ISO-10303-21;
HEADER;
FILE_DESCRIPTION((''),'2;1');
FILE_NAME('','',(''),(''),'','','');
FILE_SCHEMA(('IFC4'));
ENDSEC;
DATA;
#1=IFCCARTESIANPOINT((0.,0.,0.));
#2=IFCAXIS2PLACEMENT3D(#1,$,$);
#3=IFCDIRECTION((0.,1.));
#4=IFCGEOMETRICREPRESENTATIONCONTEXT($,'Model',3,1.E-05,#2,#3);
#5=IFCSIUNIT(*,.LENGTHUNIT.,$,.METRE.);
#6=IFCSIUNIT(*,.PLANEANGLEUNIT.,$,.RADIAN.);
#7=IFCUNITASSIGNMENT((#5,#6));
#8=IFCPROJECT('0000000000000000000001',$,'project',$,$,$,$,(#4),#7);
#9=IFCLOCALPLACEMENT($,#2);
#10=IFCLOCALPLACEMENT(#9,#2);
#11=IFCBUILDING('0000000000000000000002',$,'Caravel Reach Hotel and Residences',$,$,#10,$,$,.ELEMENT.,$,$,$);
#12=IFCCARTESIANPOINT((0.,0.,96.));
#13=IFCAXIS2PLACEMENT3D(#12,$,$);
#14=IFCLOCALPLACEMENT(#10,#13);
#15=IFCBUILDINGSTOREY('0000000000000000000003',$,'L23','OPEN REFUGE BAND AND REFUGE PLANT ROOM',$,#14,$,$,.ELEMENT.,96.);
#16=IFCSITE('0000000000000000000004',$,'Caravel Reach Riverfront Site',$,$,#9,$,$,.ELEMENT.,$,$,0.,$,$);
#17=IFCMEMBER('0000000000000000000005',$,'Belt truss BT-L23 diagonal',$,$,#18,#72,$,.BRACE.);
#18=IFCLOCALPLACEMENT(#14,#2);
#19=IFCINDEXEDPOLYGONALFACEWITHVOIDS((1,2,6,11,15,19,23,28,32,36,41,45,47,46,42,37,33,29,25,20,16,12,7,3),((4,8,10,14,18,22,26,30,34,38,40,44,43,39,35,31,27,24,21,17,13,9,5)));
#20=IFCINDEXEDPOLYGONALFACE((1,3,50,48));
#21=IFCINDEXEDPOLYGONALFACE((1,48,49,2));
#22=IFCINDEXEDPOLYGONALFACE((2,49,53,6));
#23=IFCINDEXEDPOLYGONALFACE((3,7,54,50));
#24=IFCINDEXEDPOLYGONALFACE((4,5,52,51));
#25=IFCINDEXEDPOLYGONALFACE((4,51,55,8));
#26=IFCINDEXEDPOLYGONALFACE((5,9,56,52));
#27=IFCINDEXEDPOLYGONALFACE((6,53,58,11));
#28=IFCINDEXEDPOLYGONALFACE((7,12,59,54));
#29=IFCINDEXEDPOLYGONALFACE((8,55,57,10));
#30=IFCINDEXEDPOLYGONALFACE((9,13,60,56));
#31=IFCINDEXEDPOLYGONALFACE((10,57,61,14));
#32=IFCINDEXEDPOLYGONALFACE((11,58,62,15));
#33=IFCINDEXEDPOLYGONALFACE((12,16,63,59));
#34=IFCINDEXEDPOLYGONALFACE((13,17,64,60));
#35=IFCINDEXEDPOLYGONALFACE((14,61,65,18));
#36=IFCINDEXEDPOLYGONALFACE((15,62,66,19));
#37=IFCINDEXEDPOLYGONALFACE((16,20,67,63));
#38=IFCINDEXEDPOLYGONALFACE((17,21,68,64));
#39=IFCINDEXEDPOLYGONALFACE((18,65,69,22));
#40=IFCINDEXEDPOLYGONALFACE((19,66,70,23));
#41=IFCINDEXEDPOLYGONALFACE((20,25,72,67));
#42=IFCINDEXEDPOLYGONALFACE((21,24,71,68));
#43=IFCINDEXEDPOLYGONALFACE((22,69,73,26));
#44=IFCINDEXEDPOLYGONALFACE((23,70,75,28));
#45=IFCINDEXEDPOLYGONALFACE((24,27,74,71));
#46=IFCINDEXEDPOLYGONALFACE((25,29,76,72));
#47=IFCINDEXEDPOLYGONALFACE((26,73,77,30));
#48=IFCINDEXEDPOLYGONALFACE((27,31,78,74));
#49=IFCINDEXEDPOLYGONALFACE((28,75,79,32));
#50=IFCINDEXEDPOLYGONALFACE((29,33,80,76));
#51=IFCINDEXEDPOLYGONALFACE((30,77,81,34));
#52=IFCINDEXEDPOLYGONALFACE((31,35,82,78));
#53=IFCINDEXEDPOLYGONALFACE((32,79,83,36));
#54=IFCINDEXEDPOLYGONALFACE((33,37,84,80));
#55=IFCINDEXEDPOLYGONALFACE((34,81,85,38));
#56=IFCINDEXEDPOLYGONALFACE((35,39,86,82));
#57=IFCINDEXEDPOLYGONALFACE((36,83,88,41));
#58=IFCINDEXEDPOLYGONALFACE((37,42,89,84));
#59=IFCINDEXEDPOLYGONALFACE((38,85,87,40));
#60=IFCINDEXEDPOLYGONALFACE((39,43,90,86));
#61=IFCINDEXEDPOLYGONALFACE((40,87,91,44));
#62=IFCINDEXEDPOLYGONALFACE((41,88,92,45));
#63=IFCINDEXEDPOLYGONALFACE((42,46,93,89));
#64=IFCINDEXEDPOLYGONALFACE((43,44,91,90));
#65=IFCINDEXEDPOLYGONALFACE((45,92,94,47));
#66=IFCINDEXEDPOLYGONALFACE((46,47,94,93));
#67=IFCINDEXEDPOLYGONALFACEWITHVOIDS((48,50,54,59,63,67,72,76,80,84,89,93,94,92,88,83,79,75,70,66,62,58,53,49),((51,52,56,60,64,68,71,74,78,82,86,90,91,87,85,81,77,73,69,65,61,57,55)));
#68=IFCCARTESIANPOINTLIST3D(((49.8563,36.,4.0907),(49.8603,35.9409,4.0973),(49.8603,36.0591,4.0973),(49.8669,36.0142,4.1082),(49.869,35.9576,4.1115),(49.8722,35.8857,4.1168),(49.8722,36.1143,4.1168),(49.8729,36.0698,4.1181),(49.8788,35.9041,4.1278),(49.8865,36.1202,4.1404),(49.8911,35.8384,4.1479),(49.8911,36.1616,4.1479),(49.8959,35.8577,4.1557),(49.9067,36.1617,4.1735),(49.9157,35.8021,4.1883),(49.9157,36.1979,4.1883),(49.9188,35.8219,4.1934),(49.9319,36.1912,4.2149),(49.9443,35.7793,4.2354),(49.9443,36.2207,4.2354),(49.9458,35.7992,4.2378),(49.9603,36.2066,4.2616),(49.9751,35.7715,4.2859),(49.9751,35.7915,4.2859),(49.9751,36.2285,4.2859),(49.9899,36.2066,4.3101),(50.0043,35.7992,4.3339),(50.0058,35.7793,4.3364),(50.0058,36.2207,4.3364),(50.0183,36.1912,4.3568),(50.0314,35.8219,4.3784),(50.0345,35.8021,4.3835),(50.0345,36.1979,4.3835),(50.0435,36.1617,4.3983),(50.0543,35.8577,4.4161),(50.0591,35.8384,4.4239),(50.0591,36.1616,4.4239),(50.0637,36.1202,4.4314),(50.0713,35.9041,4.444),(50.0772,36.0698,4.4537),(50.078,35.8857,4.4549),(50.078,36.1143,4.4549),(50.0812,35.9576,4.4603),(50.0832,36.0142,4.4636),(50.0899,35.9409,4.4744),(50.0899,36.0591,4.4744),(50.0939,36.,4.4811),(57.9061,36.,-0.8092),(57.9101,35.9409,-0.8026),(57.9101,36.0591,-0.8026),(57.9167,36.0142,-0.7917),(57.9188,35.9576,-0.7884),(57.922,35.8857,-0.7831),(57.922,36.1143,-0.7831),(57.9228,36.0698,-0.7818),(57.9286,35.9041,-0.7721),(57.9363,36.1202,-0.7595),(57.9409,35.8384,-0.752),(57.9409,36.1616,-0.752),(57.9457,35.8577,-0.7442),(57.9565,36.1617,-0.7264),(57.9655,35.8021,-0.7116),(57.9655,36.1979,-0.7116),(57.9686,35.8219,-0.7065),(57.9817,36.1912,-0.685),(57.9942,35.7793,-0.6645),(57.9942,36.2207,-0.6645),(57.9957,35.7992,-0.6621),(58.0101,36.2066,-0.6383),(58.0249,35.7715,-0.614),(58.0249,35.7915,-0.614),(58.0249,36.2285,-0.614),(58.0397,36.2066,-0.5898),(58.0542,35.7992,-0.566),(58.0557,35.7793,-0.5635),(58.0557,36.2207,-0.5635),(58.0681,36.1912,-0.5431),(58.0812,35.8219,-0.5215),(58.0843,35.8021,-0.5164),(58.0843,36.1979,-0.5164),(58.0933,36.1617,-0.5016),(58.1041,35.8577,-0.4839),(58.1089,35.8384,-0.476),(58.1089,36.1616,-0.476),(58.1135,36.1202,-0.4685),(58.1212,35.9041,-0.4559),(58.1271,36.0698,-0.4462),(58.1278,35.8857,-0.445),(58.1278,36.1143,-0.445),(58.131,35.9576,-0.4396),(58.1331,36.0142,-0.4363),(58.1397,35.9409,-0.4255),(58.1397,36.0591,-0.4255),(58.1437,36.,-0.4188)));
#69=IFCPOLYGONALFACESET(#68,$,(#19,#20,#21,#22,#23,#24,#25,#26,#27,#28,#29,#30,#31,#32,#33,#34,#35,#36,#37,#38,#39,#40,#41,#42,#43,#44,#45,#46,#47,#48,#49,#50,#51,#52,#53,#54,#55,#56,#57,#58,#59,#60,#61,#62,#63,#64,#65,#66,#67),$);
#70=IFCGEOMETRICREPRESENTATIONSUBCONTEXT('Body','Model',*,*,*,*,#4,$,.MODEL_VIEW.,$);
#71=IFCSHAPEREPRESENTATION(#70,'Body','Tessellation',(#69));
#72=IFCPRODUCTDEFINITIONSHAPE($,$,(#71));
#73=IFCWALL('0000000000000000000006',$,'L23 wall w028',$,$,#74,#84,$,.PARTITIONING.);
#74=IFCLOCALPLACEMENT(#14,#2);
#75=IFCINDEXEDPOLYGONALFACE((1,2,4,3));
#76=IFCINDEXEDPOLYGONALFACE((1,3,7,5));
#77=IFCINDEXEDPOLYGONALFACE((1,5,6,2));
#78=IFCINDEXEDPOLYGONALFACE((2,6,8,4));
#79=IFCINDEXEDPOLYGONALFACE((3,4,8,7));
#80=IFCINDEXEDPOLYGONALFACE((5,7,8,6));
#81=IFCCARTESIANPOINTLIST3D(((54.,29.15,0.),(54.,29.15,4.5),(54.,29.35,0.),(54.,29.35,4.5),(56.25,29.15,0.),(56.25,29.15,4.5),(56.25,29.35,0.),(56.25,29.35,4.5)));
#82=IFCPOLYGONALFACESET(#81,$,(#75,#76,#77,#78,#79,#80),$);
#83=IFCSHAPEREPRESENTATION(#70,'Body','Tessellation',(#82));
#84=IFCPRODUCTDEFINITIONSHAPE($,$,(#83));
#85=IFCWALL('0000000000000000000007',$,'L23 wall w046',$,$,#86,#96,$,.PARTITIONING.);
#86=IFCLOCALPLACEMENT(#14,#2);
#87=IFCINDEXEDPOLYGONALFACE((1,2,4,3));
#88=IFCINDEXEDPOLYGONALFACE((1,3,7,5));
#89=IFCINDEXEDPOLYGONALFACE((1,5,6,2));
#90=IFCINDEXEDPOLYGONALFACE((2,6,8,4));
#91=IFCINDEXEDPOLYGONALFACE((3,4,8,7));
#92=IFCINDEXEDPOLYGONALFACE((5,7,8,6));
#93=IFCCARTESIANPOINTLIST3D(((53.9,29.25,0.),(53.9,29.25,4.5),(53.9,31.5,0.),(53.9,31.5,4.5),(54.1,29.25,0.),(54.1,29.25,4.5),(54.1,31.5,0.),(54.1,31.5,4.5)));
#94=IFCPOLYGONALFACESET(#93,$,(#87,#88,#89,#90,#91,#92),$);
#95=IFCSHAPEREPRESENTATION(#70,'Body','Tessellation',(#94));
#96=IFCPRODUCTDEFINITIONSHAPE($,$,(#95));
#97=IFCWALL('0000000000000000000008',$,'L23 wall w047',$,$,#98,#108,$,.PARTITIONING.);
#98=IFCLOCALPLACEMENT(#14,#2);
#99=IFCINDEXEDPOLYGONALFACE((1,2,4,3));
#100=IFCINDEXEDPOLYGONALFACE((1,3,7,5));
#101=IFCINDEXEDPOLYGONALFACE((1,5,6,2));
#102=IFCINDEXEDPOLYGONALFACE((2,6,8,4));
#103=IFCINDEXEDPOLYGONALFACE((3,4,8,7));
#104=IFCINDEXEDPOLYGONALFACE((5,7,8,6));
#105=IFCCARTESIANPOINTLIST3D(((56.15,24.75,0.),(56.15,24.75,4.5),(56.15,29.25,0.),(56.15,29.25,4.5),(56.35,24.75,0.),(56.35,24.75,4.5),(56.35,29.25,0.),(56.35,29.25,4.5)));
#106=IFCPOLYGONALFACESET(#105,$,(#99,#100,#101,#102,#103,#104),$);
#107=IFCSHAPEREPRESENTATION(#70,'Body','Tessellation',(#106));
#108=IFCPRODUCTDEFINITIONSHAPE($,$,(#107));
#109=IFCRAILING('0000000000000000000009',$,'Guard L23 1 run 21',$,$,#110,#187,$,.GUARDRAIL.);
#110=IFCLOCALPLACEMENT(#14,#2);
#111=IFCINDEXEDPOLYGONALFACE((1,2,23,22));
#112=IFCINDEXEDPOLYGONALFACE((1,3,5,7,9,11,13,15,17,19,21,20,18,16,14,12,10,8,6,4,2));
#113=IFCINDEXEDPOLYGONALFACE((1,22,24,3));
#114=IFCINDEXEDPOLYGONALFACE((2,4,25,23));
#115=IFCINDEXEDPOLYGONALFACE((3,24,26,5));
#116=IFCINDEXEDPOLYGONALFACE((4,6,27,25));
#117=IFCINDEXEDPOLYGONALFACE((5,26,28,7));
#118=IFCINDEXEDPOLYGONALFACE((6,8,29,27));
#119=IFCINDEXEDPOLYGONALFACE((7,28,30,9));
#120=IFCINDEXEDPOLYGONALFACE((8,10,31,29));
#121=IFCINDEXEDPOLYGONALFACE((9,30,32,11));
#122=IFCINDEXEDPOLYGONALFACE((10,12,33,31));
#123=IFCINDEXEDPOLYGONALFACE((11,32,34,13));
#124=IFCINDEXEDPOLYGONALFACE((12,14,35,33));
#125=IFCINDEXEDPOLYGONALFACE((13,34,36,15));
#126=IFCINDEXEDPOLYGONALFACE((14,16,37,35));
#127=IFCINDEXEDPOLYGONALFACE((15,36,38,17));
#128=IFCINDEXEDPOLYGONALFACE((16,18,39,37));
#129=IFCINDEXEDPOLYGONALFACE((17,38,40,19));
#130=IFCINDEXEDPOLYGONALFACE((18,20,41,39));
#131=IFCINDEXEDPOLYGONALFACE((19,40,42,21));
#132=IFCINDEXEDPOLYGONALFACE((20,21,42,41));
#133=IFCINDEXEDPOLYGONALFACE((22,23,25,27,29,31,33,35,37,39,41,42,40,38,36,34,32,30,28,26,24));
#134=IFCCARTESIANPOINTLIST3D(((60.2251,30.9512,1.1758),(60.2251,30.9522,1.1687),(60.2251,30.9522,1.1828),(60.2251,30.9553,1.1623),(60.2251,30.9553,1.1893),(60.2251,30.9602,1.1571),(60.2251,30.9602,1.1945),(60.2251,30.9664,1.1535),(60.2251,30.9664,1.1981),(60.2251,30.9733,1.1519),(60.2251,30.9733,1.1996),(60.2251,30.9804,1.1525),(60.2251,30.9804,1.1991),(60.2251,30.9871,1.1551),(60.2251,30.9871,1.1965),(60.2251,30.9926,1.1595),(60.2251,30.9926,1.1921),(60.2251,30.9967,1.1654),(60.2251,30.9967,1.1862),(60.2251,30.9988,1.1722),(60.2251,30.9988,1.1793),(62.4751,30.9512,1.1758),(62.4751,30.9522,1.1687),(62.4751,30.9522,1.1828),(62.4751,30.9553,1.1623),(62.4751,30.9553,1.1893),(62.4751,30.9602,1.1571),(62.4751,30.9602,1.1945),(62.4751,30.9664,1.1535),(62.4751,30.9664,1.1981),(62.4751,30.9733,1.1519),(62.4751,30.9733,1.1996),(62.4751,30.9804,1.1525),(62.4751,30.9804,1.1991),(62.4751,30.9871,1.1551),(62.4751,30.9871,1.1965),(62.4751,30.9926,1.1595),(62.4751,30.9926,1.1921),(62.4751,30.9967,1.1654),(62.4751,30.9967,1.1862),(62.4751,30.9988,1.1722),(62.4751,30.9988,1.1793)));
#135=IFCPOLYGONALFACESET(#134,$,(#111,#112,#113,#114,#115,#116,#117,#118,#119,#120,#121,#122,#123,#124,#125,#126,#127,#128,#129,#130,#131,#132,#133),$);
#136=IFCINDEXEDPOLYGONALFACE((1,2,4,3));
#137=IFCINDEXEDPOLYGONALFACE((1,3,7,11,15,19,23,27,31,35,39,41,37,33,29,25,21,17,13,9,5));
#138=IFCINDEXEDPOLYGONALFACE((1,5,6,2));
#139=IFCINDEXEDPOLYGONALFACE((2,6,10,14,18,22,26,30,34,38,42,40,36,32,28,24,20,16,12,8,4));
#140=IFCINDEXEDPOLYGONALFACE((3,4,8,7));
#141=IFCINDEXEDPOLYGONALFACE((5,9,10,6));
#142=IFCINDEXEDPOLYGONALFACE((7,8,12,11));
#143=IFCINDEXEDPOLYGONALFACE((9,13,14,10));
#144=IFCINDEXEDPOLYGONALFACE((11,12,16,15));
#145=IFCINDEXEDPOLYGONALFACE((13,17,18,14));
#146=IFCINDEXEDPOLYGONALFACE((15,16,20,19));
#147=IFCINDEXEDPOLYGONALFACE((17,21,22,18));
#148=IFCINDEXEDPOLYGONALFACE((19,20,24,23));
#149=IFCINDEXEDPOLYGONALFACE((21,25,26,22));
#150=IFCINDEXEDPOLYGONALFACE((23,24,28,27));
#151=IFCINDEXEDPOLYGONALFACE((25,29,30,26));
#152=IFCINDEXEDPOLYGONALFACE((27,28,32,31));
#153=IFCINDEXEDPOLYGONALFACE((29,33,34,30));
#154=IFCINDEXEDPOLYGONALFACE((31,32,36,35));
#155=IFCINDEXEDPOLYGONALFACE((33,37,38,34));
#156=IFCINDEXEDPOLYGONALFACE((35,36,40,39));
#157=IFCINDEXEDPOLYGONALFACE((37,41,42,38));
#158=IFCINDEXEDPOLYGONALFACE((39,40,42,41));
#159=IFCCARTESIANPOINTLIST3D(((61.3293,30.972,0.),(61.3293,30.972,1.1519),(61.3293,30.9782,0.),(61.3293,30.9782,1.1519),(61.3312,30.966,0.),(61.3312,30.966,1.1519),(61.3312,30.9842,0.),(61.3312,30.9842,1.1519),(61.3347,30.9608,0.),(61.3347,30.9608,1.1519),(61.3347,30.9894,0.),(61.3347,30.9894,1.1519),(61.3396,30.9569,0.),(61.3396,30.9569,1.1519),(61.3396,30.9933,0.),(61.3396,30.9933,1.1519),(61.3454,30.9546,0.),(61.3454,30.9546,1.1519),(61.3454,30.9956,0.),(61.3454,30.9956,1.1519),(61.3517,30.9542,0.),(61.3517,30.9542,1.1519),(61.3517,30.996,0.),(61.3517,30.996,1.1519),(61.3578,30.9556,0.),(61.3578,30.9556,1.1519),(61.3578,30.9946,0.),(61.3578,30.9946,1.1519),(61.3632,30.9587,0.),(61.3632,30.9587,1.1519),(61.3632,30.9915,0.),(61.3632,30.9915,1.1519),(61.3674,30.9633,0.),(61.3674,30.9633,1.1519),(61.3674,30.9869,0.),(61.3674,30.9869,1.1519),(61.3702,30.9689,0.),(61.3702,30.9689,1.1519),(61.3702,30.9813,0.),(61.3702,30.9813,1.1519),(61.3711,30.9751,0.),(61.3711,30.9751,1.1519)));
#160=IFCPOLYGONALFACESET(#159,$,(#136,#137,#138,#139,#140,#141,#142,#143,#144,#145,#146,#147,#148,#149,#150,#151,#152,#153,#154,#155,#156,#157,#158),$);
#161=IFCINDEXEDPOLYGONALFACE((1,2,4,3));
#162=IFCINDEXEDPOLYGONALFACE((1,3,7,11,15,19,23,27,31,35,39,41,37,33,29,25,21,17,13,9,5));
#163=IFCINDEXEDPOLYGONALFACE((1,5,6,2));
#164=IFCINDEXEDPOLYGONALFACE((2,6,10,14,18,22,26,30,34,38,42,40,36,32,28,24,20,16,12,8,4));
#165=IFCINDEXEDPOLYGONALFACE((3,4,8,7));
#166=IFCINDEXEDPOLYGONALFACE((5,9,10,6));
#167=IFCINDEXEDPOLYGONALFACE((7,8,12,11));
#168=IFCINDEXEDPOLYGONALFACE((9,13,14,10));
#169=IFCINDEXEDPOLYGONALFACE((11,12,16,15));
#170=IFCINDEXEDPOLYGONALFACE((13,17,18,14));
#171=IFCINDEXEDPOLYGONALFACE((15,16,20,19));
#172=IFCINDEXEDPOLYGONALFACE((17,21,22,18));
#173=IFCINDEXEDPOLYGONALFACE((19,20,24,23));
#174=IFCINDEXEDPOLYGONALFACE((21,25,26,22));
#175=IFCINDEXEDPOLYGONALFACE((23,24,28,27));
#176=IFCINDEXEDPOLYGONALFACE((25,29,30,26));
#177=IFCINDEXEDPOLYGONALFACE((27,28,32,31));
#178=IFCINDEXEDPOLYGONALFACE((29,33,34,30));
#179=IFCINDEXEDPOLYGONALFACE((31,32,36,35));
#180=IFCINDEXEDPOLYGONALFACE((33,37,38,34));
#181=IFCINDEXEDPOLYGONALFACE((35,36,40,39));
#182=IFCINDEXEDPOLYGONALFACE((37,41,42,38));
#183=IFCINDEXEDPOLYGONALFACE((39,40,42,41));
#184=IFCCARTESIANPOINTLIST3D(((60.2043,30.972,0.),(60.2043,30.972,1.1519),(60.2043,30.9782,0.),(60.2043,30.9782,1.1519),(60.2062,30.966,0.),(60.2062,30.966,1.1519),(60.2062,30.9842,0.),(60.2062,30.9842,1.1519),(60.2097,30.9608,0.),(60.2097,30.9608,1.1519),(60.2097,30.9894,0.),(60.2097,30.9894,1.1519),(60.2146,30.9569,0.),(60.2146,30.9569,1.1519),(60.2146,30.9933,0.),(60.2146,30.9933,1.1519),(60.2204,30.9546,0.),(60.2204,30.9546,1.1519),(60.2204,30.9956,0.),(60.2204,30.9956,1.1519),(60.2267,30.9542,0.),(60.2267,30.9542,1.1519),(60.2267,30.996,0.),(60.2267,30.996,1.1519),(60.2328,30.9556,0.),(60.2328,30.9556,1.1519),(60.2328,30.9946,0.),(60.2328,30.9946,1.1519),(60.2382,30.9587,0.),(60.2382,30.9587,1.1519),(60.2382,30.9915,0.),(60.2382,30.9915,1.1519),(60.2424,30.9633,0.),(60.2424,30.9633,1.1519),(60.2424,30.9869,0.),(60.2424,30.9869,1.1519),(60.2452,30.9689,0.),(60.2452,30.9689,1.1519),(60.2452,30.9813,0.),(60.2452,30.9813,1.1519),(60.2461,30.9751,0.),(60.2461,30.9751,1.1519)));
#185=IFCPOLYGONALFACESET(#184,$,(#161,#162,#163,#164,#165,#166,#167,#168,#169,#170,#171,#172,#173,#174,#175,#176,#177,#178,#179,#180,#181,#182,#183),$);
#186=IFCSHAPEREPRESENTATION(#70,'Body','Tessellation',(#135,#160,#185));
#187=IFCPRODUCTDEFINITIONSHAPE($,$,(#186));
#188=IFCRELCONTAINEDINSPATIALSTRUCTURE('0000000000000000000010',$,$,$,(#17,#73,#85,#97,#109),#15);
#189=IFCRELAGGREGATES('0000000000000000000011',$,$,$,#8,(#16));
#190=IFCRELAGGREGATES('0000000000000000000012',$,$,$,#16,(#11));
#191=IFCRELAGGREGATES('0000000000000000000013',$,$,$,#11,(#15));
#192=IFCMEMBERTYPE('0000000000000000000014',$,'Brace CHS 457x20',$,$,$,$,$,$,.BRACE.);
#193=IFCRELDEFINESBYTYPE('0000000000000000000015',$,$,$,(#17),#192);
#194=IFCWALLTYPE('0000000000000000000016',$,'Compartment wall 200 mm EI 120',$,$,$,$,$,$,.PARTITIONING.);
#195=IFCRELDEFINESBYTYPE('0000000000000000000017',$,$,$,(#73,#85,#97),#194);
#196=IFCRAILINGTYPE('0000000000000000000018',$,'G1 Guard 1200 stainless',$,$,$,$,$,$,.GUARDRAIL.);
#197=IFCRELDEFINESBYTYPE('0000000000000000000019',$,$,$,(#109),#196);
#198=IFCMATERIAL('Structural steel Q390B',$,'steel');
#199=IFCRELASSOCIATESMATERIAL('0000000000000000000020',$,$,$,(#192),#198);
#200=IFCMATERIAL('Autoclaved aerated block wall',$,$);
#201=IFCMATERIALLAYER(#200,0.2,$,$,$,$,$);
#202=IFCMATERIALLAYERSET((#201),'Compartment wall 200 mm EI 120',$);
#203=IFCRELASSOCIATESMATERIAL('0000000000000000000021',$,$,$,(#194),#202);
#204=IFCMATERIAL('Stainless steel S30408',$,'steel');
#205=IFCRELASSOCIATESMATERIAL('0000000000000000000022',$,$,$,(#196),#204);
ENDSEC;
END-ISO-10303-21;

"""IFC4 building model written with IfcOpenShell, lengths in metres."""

from ifc_helpers import new_model, si_unit, direction, frame, frame_2d, origin, origin_2d, place, context, subcontext, project, spatial, rectangle, circle, hollow_circle, extrude, material, layer, layer_set, material_profile, profile_set, type_object, element, save


model = new_model("IFC4")

# Units and contexts
model_context = context("Model", 3, precision=1e-05, world=origin(), true_north=direction((0.0, 1.0)))
body_context = subcontext(model_context, "Body", "Model", "MODEL_VIEW")
ifc_project = project(units=[si_unit("LENGTHUNIT", "METRE"), si_unit("PLANEANGLEUNIT", "RADIAN")], contexts=[model_context])

# Site, building, storey
site_placement = place(None, origin())
site = spatial("IfcSite", under=ifc_project, at=site_placement, Name="Caravel Reach Riverfront Site", CompositionType="ELEMENT", RefElevation=0.0)
building_placement = place(site_placement, origin())
building = spatial("IfcBuilding", under=site, at=building_placement, Name="Caravel Reach Hotel and Residences", CompositionType="ELEMENT")
storey_placement = place(building_placement, frame((0.0, 0.0, 96.0)))
storey = spatial("IfcBuildingStorey", under=building, at=storey_placement, Name="L23", Description="OPEN REFUGE BAND AND REFUGE PLANT ROOM", CompositionType="ELEMENT", Elevation=96.0)

# Member
ifc_material_1 = material(Name="Structural steel Q390B", Category="steel")
ifc_material_profile_1 = material_profile(ifc_material_1, hollow_circle(Radius=0.2285, WallThickness=0.02, at=origin_2d()), Name="CHS 457x20")
ifc_profile_set_1 = profile_set([ifc_material_profile_1], Name="Structural steel Q390B")
member_type = type_object("IfcMemberType", Name="Brace CHS 457x20", PredefinedType="BRACE", material=ifc_profile_set_1)
member_placement = place(storey_placement, frame((58.0249, 36.0, -0.614), z_axis=(-0.854198, 0.0, 0.519949), x_axis=(0.0, -1.0, 0.0)))
element("IfcMember", 1, at=member_placement, inside=storey, type_object=member_type, Name="Belt truss BT-L23 diagonal", PredefinedType="BRACE", context=body_context, shape_type="SweptSolid", body=[
    extrude(hollow_circle(Radius=0.2285, WallThickness=0.02, at=origin_2d()), origin(), (0.0, 0.0, 1.0), 9.4238),
])

# Walls
ifc_material_2 = material(Name="Autoclaved aerated block wall")
ifc_layer = layer(ifc_material_2, 0.2)
ifc_layer_set = layer_set([ifc_layer], Name="Compartment wall 200 mm EI 120")
wall_type = type_object("IfcWallType", Name="Compartment wall 200 mm EI 120", PredefinedType="PARTITIONING", material=ifc_layer_set)
for number, where, z_axis, x_axis, name in (
    (2, (54.0, 29.25, 0.0), (0.0, 0.0, 1.0), (1.0, 0.0, 0.0), "L23 wall w028"),
    (3, (54.0, 29.25, 0.0), (0.0, 0.0, 1.0), (0.0, 1.0, 0.0), "L23 wall w046"),
):
    element("IfcWall", number, at=place(storey_placement, frame(where, z_axis=z_axis, x_axis=x_axis)), inside=storey, type_object=wall_type, Name=name, PredefinedType="PARTITIONING", context=body_context, shape_type="SweptSolid", body=[
        extrude(rectangle(XDim=2.25, YDim=0.2, at=frame_2d((1.125, 0.0))), origin(), (0.0, 0.0, 1.0), 4.5),
    ])
wall_placement = place(storey_placement, frame((56.25, 24.75, 0.0), z_axis=(0.0, 0.0, 1.0), x_axis=(0.0, 1.0, 0.0)))
element("IfcWall", 4, at=wall_placement, inside=storey, type_object=wall_type, Name="L23 wall w047", PredefinedType="PARTITIONING", context=body_context, shape_type="SweptSolid", body=[
    extrude(rectangle(XDim=4.5, YDim=0.2, at=frame_2d((2.25, 0.0))), origin(), (0.0, 0.0, 1.0), 4.5),
])

# Railing
ifc_material_3 = material(Name="Stainless steel S30408", Category="steel")
railing_type = type_object("IfcRailingType", Name="G1 Guard 1200 stainless", PredefinedType="GUARDRAIL", material=ifc_material_3)
railing_1_placement = place(storey_placement, frame((62.4751, 30.9751, 0.0)))
element("IfcRailing", 5, at=railing_1_placement, inside=storey, type_object=railing_type, Name="Guard L23 1 run 21", PredefinedType="GUARDRAIL", context=body_context, shape_type="SweptSolid", body=[
    extrude(circle(Radius=0.0239, at=origin_2d()), frame((0.0, 0.0, 1.1758), z_axis=(-1.0, 0.0, 0.0), x_axis=(0.0, -1.0, 0.0)), (0.0, 0.0, 1.0), 2.25),
    extrude(circle(Radius=0.021, at=origin_2d()), frame((-1.125, 0.0, 0.0)), (0.0, 0.0, 1.0), 1.1519),
    extrude(circle(Radius=0.021, at=origin_2d()), frame((-2.25, 0.0, 0.0)), (0.0, 0.0, 1.0), 1.1519),
])

save(model, "model.ifc")
